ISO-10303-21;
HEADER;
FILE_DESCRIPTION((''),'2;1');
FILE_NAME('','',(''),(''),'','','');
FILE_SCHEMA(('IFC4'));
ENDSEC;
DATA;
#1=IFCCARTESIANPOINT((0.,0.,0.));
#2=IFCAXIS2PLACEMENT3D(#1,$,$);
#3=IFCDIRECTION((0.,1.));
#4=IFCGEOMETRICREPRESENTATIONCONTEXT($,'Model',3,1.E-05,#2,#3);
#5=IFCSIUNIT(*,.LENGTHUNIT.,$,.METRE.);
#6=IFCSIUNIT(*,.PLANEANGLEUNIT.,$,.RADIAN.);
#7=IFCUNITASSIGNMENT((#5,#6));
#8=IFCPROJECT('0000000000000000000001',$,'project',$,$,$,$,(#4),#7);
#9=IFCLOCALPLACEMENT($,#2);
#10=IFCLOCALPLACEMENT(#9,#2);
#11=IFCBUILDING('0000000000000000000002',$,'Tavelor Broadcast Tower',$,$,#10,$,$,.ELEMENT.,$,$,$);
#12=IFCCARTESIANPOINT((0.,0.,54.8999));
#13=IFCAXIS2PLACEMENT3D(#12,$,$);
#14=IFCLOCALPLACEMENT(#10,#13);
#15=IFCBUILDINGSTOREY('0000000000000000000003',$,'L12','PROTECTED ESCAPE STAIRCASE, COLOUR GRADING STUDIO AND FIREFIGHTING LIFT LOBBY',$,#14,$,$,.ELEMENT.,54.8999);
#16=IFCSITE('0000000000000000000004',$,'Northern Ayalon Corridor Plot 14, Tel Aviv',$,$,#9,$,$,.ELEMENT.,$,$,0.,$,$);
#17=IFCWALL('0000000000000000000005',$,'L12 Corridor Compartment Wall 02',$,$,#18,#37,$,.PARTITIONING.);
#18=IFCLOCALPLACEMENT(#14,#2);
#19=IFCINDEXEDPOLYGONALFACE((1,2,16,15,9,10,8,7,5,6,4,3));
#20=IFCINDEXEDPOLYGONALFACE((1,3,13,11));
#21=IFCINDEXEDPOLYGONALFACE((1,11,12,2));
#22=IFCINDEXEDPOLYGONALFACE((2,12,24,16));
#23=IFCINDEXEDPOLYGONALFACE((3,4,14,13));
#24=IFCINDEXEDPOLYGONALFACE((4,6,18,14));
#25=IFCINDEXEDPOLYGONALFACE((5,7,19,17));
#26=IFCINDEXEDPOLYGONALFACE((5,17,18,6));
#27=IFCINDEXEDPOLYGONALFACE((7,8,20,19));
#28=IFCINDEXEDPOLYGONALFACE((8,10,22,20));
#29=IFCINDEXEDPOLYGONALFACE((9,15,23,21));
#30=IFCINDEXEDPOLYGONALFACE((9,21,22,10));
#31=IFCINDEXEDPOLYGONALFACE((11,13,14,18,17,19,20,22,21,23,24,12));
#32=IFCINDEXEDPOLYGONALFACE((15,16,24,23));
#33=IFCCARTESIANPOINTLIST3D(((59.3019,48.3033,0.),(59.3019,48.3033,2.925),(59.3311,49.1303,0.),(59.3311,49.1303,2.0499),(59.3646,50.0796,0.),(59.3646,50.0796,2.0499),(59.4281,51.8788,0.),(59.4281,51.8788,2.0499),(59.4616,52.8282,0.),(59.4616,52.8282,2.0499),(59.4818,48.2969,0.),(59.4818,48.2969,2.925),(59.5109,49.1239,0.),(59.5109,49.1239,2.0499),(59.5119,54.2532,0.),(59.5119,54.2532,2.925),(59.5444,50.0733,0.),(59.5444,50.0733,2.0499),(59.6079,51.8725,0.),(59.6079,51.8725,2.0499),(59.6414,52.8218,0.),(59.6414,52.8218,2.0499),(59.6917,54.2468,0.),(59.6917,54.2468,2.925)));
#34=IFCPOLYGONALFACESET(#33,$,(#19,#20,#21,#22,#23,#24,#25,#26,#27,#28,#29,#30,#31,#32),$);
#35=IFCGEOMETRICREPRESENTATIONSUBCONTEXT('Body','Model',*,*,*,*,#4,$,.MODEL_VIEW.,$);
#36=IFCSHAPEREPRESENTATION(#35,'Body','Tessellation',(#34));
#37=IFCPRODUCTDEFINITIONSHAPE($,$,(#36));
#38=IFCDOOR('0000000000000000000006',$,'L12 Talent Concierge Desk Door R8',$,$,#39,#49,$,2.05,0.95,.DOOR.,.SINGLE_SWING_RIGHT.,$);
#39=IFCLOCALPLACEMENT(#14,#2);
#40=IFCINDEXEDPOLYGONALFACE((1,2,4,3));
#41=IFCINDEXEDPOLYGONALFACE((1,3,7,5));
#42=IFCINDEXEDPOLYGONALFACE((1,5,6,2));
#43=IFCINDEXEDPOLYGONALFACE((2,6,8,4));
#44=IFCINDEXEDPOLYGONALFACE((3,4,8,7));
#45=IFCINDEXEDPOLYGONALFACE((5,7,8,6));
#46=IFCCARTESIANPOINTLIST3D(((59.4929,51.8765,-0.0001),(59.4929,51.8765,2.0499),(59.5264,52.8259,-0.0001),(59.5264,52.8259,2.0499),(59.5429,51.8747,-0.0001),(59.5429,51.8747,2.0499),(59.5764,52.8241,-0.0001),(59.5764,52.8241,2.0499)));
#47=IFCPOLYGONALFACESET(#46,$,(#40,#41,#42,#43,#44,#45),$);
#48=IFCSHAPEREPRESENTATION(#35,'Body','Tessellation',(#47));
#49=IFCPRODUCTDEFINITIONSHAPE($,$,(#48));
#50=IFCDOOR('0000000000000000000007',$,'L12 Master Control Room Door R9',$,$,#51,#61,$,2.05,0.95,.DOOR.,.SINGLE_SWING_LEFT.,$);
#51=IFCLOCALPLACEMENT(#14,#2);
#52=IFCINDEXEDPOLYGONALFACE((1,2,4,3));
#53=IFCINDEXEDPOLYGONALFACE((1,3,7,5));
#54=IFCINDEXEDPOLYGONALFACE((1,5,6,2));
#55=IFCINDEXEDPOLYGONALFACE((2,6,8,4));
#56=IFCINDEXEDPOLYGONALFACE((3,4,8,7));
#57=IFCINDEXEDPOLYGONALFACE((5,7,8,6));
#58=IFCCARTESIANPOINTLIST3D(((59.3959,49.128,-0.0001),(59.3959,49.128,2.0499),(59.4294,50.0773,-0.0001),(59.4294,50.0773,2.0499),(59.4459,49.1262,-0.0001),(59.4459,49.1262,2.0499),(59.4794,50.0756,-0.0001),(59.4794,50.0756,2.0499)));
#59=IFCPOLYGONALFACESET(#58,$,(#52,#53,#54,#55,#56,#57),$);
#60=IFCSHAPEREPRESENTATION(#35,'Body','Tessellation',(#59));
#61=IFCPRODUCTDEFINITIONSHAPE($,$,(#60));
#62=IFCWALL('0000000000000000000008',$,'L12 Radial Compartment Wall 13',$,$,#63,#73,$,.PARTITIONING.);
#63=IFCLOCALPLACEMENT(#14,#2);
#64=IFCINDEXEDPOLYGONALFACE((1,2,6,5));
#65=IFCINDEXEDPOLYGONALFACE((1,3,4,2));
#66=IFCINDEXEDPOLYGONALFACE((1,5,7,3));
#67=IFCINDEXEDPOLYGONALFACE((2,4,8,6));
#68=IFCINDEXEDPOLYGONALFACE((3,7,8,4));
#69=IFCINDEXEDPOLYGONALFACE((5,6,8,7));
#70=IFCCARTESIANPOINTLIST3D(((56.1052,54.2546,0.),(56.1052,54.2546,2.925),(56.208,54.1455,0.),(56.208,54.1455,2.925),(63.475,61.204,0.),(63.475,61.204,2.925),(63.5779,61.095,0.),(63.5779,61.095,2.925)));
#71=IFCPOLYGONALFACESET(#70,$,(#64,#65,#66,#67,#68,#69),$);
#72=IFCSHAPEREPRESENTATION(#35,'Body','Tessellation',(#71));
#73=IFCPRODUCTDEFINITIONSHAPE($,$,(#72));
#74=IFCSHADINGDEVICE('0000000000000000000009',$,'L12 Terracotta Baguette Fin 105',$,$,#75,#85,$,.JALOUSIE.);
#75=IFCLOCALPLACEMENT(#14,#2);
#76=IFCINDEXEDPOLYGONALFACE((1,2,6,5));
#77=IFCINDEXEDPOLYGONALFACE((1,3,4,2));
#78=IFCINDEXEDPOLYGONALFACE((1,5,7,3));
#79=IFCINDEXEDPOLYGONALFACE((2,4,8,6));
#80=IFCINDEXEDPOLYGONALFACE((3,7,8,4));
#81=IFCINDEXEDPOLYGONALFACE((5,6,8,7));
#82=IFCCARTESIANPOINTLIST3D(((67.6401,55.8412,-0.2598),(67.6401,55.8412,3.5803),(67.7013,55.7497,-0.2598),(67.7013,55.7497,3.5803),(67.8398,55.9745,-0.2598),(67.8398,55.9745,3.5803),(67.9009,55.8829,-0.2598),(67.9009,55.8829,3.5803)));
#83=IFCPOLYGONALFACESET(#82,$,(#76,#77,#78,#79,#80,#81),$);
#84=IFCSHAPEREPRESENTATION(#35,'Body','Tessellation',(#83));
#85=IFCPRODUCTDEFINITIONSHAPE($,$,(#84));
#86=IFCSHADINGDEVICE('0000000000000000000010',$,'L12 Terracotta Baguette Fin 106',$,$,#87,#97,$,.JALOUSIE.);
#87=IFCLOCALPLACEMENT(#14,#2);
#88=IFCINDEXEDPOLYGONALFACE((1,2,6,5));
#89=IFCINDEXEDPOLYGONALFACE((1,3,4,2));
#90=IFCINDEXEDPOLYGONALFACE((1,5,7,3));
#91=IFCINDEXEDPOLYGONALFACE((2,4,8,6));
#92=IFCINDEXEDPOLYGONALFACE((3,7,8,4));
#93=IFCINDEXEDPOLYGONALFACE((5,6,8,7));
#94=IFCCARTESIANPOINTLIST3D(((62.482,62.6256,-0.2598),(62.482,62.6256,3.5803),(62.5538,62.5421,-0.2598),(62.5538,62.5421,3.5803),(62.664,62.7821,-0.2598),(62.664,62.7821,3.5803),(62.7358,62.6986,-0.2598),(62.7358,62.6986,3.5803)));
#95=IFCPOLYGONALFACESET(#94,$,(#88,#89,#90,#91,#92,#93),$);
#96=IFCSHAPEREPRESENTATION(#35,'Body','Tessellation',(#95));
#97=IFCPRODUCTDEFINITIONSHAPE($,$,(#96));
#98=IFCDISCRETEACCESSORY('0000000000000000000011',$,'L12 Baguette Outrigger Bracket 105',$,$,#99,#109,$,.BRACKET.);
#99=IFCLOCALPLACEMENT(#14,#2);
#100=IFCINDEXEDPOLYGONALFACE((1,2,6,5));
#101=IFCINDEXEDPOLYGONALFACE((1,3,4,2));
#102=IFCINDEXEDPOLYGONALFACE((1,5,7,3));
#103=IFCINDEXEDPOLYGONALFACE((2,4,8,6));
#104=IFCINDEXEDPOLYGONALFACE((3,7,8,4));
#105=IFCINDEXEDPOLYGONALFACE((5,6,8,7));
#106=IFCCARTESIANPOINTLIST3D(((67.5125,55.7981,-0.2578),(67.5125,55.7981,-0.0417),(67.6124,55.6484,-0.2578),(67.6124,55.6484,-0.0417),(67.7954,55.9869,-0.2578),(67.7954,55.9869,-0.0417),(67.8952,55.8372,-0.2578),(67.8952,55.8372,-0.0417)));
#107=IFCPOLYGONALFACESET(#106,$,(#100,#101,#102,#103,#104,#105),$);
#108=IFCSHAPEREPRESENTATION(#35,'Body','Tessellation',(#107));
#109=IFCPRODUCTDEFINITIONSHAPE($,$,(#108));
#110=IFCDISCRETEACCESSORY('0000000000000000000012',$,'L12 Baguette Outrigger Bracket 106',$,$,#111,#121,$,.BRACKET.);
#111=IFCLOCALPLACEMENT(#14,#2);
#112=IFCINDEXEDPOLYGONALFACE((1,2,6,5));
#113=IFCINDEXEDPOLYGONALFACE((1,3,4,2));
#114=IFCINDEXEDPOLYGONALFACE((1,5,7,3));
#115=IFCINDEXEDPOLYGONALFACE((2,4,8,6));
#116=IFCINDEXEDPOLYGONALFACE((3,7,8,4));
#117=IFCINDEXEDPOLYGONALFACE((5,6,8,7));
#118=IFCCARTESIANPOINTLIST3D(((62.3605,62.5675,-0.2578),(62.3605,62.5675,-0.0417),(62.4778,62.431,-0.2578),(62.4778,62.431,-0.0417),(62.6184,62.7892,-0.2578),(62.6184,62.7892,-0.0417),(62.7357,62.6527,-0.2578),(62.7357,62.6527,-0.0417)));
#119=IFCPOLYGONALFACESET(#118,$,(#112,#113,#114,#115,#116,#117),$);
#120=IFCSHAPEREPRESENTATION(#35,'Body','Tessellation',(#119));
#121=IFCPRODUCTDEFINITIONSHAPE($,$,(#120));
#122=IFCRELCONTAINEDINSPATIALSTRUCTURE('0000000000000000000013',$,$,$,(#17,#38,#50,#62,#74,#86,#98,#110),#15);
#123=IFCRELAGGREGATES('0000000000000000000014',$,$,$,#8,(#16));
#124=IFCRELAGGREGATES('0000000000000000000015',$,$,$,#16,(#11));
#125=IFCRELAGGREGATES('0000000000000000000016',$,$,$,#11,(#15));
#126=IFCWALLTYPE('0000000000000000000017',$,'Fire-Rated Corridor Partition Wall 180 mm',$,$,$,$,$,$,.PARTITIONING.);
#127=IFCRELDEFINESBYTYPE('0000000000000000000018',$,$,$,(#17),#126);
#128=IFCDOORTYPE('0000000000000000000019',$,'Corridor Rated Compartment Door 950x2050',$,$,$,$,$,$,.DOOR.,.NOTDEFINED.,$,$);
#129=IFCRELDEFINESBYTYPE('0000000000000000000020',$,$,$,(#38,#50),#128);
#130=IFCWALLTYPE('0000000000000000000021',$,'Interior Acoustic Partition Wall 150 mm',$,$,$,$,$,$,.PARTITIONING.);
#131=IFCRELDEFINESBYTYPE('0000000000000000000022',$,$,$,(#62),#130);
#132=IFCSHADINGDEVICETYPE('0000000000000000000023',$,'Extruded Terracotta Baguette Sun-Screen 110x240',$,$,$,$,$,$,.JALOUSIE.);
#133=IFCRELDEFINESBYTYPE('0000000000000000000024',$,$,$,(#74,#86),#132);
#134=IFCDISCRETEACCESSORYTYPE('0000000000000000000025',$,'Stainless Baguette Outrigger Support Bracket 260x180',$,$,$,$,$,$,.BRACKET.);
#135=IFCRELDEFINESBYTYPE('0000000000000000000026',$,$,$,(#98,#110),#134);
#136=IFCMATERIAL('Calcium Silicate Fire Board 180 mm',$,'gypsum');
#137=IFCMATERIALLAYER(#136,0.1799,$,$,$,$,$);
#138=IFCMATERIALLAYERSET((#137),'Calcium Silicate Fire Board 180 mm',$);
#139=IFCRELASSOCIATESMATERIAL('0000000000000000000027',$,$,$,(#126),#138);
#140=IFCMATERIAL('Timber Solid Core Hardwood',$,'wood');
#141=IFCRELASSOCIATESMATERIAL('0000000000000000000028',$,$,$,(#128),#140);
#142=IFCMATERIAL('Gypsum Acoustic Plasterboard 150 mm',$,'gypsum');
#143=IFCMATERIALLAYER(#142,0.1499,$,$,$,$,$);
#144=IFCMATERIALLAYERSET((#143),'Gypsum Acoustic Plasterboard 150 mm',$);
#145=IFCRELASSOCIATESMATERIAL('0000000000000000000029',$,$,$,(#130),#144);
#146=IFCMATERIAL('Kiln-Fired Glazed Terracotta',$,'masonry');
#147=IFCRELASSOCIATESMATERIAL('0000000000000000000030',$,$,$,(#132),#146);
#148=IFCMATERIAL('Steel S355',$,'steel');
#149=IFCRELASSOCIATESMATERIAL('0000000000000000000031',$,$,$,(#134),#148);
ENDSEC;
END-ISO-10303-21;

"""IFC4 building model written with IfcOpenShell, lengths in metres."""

from ifc_helpers import new_model, si_unit, direction, frame, frame_2d, origin, origin_2d, place, context, subcontext, project, spatial, rectangle, extrude, source, transform, mapped, material, layer, layer_set, type_object, type_shapes, element, fill, save


model = new_model("IFC4")

# Units and contexts
model_context = context("Model", 3, precision=1e-05, world=origin(), true_north=direction((0.0, 1.0)))
body_context = subcontext(model_context, "Body", "Model", "MODEL_VIEW")
ifc_project = project(units=[si_unit("LENGTHUNIT", "METRE"), si_unit("PLANEANGLEUNIT", "RADIAN")], contexts=[model_context])

# Site, building, storey
site_placement = place(None, origin())
site = spatial("IfcSite", under=ifc_project, at=site_placement, Name="Northern Ayalon Corridor Plot 14, Tel Aviv", CompositionType="ELEMENT", RefElevation=0.0)
building_placement = place(site_placement, origin())
building = spatial("IfcBuilding", under=site, at=building_placement, Name="Tavelor Broadcast Tower", CompositionType="ELEMENT")
storey_placement = place(building_placement, frame((0.0, 0.0, 54.8999)))
storey = spatial("IfcBuildingStorey", under=building, at=storey_placement, Name="L12", Description="PROTECTED ESCAPE STAIRCASE, COLOUR GRADING STUDIO AND FIREFIGHTING LIFT LOBBY", CompositionType="ELEMENT", Elevation=54.8999)

# Shared definitions
ifc_material_1 = material(Name="Steel S355", Category="steel")

# Shared definitions
ifc_material_2 = material(Name="Calcium Silicate Fire Board 180 mm", Category="gypsum")
ifc_layer_1 = layer(ifc_material_2, 0.1799)
ifc_layer_set_1 = layer_set([ifc_layer_1], Name="Calcium Silicate Fire Board 180 mm")
wall_type_1 = type_object("IfcWallType", Name="Fire-Rated Corridor Partition Wall 180 mm", PredefinedType="PARTITIONING", material=ifc_layer_set_1)

# Wall, openings, doors
wall_1_placement = place(storey_placement, frame((59.6018, 54.25, 0.0), z_axis=(0.0, 0.0, 1.0), x_axis=(-0.035266, -0.999378, 0.0)))
wall_1 = element("IfcWall", 1, at=wall_1_placement, inside=storey, type_object=wall_type_1, Name="L12 Corridor Compartment Wall 02", PredefinedType="PARTITIONING", context=body_context, shape_type="SweptSolid", body=[
    extrude(rectangle(XDim=5.9536, YDim=0.1799, at=frame_2d((2.9768, 0.0))), origin(), (0.0, 0.0, 1.0), 2.925),
])
opening_1_placement = place(wall_1_placement, frame((1.4258, 0.0, 0.0)))
opening_1 = element("IfcOpeningElement", 2, at=opening_1_placement, cuts=wall_1, PredefinedType="OPENING", context=body_context, shape_type="SweptSolid", body=[
    extrude(rectangle(XDim=0.95, YDim=2.05, at=frame_2d((0.4751, 1.0249))), frame((0.0, 0.1001, 0.0), z_axis=(0.0, -1.0, 0.0), x_axis=(1.0, 0.0, 0.0)), (0.0, 0.0, 1.0), 0.2),
])
opening_2_placement = place(wall_1_placement, frame((4.176, 0.0, 0.0)))
opening_2 = element("IfcOpeningElement", 3, at=opening_2_placement, cuts=wall_1, PredefinedType="OPENING", context=body_context, shape_type="SweptSolid", body=[
    extrude(rectangle(XDim=0.95, YDim=2.05, at=frame_2d((0.4751, 1.0249))), frame((0.0, 0.1001, 0.0), z_axis=(0.0, -1.0, 0.0), x_axis=(1.0, 0.0, 0.0)), (0.0, 0.0, 1.0), 0.2),
])
ifc_material_3 = material(Name="Timber Solid Core Hardwood", Category="wood")
door_type = type_object("IfcDoorType", Name="Corridor Rated Compartment Door 950x2050", OperationType="NOTDEFINED", PredefinedType="DOOR", material=ifc_material_3)
door_1_placement = place(opening_1_placement, origin())
door_1 = element("IfcDoor", 4, at=door_1_placement, inside=storey, type_object=door_type, Name="L12 Talent Concierge Desk Door R8", OperationType="SINGLE_SWING_RIGHT", OverallHeight=2.05, OverallWidth=0.95, PredefinedType="DOOR", context=body_context, shape_type="SweptSolid", body=[
    extrude(rectangle(XDim=0.95, YDim=2.05, at=frame_2d((0.4751, 1.0249))), frame((0.0, 0.0249, 0.0), z_axis=(0.0, -1.0, 0.0), x_axis=(1.0, 0.0, 0.0)), (0.0, 0.0, 1.0), 0.05),
])
fill(opening_1, door_1)
door_2_placement = place(opening_2_placement, origin())
door_2 = element("IfcDoor", 5, at=door_2_placement, inside=storey, type_object=door_type, Name="L12 Master Control Room Door R9", OperationType="SINGLE_SWING_LEFT", OverallHeight=2.05, OverallWidth=0.95, PredefinedType="DOOR", context=body_context, shape_type="SweptSolid", body=[
    extrude(rectangle(XDim=0.95, YDim=2.05, at=frame_2d((0.4751, 1.0249))), frame((0.0, 0.0249, 0.0), z_axis=(0.0, -1.0, 0.0), x_axis=(1.0, 0.0, 0.0)), (0.0, 0.0, 1.0), 0.05),
])
fill(opening_2, door_2)

# Wall
ifc_material_4 = material(Name="Gypsum Acoustic Plasterboard 150 mm", Category="gypsum")
ifc_layer_2 = layer(ifc_material_4, 0.1499)
ifc_layer_set_2 = layer_set([ifc_layer_2], Name="Gypsum Acoustic Plasterboard 150 mm")
wall_type_2 = type_object("IfcWallType", Name="Interior Acoustic Partition Wall 150 mm", PredefinedType="PARTITIONING", material=ifc_layer_set_2)
wall_2_placement = place(storey_placement, frame((56.1565, 54.2, 0.0), z_axis=(0.0, 0.0, 1.0), x_axis=(0.727554, 0.686051, 0.0)))
element("IfcWall", 6, at=wall_2_placement, inside=storey, type_object=wall_type_2, Name="L12 Radial Compartment Wall 13", PredefinedType="PARTITIONING", context=body_context, shape_type="SweptSolid", body=[
    extrude(rectangle(XDim=10.1296, YDim=0.1499, at=frame_2d((5.0649, 0.0))), origin(), (0.0, 0.0, 1.0), 2.925),
])

# Shading devices
ifc_material_5 = material(Name="Kiln-Fired Glazed Terracotta", Category="masonry")
shading_device_type = type_object("IfcShadingDeviceType", Name="Extruded Terracotta Baguette Sun-Screen 110x240", PredefinedType="JALOUSIE", material=ifc_material_5)
shared_shape_1 = source(origin(), body_context, "Body", "SweptSolid", [
    extrude(rectangle(XDim=0.1101, YDim=0.24, at=origin_2d()), origin(), (0.0, 0.0, 1.0), 3.8401),
])
type_shapes(shading_device_type, [shared_shape_1])
for number, where, z_axis, x_axis, name in (
    (7, (67.7705, 55.8621, -0.2598), (0.0, 0.0, 1.0), (-0.555135, 0.83176, 0.0), "L12 Terracotta Baguette Fin 105"),
    (8, (62.6089, 62.6621, -0.2598), (0.0, 0.0, 1.0), (-0.651834, 0.758362, 0.0), "L12 Terracotta Baguette Fin 106"),
):
    element("IfcShadingDevice", number, at=place(storey_placement, frame(where, z_axis=z_axis, x_axis=x_axis)), inside=storey, type_object=shading_device_type, Name=name, PredefinedType="JALOUSIE", context=body_context, shape_type="MappedRepresentation", body=[
        mapped(shared_shape_1, transform((0.0, 0.0, 0.0), scale=1.0)),
    ])

# Discrete accessories
discrete_accessory_type = type_object("IfcDiscreteAccessoryType", Name="Stainless Baguette Outrigger Support Bracket 260x180", PredefinedType="BRACKET", material=ifc_material_1)
shared_shape_2 = source(origin(), body_context, "Body", "SweptSolid", [
    extrude(rectangle(XDim=0.1799, YDim=0.3401, at=origin_2d()), origin(), (0.0, 0.0, 1.0), 0.2161),
])
type_shapes(discrete_accessory_type, [shared_shape_2])
for number, where, z_axis, x_axis, name in (
    (9, (67.7039, 55.8176, -0.2578), (0.0, 0.0, 1.0), (-0.555135, 0.83176, 0.0), "L12 Baguette Outrigger Bracket 105"),
    (10, (62.5481, 62.6101, -0.2578), (0.0, 0.0, 1.0), (-0.651834, 0.758362, 0.0), "L12 Baguette Outrigger Bracket 106"),
):
    element("IfcDiscreteAccessory", number, at=place(storey_placement, frame(where, z_axis=z_axis, x_axis=x_axis)), inside=storey, type_object=discrete_accessory_type, Name=name, PredefinedType="BRACKET", context=body_context, shape_type="MappedRepresentation", body=[
        mapped(shared_shape_2, transform((0.0, 0.0, 0.0), scale=1.0)),
    ])

save(model, "model.ifc")
